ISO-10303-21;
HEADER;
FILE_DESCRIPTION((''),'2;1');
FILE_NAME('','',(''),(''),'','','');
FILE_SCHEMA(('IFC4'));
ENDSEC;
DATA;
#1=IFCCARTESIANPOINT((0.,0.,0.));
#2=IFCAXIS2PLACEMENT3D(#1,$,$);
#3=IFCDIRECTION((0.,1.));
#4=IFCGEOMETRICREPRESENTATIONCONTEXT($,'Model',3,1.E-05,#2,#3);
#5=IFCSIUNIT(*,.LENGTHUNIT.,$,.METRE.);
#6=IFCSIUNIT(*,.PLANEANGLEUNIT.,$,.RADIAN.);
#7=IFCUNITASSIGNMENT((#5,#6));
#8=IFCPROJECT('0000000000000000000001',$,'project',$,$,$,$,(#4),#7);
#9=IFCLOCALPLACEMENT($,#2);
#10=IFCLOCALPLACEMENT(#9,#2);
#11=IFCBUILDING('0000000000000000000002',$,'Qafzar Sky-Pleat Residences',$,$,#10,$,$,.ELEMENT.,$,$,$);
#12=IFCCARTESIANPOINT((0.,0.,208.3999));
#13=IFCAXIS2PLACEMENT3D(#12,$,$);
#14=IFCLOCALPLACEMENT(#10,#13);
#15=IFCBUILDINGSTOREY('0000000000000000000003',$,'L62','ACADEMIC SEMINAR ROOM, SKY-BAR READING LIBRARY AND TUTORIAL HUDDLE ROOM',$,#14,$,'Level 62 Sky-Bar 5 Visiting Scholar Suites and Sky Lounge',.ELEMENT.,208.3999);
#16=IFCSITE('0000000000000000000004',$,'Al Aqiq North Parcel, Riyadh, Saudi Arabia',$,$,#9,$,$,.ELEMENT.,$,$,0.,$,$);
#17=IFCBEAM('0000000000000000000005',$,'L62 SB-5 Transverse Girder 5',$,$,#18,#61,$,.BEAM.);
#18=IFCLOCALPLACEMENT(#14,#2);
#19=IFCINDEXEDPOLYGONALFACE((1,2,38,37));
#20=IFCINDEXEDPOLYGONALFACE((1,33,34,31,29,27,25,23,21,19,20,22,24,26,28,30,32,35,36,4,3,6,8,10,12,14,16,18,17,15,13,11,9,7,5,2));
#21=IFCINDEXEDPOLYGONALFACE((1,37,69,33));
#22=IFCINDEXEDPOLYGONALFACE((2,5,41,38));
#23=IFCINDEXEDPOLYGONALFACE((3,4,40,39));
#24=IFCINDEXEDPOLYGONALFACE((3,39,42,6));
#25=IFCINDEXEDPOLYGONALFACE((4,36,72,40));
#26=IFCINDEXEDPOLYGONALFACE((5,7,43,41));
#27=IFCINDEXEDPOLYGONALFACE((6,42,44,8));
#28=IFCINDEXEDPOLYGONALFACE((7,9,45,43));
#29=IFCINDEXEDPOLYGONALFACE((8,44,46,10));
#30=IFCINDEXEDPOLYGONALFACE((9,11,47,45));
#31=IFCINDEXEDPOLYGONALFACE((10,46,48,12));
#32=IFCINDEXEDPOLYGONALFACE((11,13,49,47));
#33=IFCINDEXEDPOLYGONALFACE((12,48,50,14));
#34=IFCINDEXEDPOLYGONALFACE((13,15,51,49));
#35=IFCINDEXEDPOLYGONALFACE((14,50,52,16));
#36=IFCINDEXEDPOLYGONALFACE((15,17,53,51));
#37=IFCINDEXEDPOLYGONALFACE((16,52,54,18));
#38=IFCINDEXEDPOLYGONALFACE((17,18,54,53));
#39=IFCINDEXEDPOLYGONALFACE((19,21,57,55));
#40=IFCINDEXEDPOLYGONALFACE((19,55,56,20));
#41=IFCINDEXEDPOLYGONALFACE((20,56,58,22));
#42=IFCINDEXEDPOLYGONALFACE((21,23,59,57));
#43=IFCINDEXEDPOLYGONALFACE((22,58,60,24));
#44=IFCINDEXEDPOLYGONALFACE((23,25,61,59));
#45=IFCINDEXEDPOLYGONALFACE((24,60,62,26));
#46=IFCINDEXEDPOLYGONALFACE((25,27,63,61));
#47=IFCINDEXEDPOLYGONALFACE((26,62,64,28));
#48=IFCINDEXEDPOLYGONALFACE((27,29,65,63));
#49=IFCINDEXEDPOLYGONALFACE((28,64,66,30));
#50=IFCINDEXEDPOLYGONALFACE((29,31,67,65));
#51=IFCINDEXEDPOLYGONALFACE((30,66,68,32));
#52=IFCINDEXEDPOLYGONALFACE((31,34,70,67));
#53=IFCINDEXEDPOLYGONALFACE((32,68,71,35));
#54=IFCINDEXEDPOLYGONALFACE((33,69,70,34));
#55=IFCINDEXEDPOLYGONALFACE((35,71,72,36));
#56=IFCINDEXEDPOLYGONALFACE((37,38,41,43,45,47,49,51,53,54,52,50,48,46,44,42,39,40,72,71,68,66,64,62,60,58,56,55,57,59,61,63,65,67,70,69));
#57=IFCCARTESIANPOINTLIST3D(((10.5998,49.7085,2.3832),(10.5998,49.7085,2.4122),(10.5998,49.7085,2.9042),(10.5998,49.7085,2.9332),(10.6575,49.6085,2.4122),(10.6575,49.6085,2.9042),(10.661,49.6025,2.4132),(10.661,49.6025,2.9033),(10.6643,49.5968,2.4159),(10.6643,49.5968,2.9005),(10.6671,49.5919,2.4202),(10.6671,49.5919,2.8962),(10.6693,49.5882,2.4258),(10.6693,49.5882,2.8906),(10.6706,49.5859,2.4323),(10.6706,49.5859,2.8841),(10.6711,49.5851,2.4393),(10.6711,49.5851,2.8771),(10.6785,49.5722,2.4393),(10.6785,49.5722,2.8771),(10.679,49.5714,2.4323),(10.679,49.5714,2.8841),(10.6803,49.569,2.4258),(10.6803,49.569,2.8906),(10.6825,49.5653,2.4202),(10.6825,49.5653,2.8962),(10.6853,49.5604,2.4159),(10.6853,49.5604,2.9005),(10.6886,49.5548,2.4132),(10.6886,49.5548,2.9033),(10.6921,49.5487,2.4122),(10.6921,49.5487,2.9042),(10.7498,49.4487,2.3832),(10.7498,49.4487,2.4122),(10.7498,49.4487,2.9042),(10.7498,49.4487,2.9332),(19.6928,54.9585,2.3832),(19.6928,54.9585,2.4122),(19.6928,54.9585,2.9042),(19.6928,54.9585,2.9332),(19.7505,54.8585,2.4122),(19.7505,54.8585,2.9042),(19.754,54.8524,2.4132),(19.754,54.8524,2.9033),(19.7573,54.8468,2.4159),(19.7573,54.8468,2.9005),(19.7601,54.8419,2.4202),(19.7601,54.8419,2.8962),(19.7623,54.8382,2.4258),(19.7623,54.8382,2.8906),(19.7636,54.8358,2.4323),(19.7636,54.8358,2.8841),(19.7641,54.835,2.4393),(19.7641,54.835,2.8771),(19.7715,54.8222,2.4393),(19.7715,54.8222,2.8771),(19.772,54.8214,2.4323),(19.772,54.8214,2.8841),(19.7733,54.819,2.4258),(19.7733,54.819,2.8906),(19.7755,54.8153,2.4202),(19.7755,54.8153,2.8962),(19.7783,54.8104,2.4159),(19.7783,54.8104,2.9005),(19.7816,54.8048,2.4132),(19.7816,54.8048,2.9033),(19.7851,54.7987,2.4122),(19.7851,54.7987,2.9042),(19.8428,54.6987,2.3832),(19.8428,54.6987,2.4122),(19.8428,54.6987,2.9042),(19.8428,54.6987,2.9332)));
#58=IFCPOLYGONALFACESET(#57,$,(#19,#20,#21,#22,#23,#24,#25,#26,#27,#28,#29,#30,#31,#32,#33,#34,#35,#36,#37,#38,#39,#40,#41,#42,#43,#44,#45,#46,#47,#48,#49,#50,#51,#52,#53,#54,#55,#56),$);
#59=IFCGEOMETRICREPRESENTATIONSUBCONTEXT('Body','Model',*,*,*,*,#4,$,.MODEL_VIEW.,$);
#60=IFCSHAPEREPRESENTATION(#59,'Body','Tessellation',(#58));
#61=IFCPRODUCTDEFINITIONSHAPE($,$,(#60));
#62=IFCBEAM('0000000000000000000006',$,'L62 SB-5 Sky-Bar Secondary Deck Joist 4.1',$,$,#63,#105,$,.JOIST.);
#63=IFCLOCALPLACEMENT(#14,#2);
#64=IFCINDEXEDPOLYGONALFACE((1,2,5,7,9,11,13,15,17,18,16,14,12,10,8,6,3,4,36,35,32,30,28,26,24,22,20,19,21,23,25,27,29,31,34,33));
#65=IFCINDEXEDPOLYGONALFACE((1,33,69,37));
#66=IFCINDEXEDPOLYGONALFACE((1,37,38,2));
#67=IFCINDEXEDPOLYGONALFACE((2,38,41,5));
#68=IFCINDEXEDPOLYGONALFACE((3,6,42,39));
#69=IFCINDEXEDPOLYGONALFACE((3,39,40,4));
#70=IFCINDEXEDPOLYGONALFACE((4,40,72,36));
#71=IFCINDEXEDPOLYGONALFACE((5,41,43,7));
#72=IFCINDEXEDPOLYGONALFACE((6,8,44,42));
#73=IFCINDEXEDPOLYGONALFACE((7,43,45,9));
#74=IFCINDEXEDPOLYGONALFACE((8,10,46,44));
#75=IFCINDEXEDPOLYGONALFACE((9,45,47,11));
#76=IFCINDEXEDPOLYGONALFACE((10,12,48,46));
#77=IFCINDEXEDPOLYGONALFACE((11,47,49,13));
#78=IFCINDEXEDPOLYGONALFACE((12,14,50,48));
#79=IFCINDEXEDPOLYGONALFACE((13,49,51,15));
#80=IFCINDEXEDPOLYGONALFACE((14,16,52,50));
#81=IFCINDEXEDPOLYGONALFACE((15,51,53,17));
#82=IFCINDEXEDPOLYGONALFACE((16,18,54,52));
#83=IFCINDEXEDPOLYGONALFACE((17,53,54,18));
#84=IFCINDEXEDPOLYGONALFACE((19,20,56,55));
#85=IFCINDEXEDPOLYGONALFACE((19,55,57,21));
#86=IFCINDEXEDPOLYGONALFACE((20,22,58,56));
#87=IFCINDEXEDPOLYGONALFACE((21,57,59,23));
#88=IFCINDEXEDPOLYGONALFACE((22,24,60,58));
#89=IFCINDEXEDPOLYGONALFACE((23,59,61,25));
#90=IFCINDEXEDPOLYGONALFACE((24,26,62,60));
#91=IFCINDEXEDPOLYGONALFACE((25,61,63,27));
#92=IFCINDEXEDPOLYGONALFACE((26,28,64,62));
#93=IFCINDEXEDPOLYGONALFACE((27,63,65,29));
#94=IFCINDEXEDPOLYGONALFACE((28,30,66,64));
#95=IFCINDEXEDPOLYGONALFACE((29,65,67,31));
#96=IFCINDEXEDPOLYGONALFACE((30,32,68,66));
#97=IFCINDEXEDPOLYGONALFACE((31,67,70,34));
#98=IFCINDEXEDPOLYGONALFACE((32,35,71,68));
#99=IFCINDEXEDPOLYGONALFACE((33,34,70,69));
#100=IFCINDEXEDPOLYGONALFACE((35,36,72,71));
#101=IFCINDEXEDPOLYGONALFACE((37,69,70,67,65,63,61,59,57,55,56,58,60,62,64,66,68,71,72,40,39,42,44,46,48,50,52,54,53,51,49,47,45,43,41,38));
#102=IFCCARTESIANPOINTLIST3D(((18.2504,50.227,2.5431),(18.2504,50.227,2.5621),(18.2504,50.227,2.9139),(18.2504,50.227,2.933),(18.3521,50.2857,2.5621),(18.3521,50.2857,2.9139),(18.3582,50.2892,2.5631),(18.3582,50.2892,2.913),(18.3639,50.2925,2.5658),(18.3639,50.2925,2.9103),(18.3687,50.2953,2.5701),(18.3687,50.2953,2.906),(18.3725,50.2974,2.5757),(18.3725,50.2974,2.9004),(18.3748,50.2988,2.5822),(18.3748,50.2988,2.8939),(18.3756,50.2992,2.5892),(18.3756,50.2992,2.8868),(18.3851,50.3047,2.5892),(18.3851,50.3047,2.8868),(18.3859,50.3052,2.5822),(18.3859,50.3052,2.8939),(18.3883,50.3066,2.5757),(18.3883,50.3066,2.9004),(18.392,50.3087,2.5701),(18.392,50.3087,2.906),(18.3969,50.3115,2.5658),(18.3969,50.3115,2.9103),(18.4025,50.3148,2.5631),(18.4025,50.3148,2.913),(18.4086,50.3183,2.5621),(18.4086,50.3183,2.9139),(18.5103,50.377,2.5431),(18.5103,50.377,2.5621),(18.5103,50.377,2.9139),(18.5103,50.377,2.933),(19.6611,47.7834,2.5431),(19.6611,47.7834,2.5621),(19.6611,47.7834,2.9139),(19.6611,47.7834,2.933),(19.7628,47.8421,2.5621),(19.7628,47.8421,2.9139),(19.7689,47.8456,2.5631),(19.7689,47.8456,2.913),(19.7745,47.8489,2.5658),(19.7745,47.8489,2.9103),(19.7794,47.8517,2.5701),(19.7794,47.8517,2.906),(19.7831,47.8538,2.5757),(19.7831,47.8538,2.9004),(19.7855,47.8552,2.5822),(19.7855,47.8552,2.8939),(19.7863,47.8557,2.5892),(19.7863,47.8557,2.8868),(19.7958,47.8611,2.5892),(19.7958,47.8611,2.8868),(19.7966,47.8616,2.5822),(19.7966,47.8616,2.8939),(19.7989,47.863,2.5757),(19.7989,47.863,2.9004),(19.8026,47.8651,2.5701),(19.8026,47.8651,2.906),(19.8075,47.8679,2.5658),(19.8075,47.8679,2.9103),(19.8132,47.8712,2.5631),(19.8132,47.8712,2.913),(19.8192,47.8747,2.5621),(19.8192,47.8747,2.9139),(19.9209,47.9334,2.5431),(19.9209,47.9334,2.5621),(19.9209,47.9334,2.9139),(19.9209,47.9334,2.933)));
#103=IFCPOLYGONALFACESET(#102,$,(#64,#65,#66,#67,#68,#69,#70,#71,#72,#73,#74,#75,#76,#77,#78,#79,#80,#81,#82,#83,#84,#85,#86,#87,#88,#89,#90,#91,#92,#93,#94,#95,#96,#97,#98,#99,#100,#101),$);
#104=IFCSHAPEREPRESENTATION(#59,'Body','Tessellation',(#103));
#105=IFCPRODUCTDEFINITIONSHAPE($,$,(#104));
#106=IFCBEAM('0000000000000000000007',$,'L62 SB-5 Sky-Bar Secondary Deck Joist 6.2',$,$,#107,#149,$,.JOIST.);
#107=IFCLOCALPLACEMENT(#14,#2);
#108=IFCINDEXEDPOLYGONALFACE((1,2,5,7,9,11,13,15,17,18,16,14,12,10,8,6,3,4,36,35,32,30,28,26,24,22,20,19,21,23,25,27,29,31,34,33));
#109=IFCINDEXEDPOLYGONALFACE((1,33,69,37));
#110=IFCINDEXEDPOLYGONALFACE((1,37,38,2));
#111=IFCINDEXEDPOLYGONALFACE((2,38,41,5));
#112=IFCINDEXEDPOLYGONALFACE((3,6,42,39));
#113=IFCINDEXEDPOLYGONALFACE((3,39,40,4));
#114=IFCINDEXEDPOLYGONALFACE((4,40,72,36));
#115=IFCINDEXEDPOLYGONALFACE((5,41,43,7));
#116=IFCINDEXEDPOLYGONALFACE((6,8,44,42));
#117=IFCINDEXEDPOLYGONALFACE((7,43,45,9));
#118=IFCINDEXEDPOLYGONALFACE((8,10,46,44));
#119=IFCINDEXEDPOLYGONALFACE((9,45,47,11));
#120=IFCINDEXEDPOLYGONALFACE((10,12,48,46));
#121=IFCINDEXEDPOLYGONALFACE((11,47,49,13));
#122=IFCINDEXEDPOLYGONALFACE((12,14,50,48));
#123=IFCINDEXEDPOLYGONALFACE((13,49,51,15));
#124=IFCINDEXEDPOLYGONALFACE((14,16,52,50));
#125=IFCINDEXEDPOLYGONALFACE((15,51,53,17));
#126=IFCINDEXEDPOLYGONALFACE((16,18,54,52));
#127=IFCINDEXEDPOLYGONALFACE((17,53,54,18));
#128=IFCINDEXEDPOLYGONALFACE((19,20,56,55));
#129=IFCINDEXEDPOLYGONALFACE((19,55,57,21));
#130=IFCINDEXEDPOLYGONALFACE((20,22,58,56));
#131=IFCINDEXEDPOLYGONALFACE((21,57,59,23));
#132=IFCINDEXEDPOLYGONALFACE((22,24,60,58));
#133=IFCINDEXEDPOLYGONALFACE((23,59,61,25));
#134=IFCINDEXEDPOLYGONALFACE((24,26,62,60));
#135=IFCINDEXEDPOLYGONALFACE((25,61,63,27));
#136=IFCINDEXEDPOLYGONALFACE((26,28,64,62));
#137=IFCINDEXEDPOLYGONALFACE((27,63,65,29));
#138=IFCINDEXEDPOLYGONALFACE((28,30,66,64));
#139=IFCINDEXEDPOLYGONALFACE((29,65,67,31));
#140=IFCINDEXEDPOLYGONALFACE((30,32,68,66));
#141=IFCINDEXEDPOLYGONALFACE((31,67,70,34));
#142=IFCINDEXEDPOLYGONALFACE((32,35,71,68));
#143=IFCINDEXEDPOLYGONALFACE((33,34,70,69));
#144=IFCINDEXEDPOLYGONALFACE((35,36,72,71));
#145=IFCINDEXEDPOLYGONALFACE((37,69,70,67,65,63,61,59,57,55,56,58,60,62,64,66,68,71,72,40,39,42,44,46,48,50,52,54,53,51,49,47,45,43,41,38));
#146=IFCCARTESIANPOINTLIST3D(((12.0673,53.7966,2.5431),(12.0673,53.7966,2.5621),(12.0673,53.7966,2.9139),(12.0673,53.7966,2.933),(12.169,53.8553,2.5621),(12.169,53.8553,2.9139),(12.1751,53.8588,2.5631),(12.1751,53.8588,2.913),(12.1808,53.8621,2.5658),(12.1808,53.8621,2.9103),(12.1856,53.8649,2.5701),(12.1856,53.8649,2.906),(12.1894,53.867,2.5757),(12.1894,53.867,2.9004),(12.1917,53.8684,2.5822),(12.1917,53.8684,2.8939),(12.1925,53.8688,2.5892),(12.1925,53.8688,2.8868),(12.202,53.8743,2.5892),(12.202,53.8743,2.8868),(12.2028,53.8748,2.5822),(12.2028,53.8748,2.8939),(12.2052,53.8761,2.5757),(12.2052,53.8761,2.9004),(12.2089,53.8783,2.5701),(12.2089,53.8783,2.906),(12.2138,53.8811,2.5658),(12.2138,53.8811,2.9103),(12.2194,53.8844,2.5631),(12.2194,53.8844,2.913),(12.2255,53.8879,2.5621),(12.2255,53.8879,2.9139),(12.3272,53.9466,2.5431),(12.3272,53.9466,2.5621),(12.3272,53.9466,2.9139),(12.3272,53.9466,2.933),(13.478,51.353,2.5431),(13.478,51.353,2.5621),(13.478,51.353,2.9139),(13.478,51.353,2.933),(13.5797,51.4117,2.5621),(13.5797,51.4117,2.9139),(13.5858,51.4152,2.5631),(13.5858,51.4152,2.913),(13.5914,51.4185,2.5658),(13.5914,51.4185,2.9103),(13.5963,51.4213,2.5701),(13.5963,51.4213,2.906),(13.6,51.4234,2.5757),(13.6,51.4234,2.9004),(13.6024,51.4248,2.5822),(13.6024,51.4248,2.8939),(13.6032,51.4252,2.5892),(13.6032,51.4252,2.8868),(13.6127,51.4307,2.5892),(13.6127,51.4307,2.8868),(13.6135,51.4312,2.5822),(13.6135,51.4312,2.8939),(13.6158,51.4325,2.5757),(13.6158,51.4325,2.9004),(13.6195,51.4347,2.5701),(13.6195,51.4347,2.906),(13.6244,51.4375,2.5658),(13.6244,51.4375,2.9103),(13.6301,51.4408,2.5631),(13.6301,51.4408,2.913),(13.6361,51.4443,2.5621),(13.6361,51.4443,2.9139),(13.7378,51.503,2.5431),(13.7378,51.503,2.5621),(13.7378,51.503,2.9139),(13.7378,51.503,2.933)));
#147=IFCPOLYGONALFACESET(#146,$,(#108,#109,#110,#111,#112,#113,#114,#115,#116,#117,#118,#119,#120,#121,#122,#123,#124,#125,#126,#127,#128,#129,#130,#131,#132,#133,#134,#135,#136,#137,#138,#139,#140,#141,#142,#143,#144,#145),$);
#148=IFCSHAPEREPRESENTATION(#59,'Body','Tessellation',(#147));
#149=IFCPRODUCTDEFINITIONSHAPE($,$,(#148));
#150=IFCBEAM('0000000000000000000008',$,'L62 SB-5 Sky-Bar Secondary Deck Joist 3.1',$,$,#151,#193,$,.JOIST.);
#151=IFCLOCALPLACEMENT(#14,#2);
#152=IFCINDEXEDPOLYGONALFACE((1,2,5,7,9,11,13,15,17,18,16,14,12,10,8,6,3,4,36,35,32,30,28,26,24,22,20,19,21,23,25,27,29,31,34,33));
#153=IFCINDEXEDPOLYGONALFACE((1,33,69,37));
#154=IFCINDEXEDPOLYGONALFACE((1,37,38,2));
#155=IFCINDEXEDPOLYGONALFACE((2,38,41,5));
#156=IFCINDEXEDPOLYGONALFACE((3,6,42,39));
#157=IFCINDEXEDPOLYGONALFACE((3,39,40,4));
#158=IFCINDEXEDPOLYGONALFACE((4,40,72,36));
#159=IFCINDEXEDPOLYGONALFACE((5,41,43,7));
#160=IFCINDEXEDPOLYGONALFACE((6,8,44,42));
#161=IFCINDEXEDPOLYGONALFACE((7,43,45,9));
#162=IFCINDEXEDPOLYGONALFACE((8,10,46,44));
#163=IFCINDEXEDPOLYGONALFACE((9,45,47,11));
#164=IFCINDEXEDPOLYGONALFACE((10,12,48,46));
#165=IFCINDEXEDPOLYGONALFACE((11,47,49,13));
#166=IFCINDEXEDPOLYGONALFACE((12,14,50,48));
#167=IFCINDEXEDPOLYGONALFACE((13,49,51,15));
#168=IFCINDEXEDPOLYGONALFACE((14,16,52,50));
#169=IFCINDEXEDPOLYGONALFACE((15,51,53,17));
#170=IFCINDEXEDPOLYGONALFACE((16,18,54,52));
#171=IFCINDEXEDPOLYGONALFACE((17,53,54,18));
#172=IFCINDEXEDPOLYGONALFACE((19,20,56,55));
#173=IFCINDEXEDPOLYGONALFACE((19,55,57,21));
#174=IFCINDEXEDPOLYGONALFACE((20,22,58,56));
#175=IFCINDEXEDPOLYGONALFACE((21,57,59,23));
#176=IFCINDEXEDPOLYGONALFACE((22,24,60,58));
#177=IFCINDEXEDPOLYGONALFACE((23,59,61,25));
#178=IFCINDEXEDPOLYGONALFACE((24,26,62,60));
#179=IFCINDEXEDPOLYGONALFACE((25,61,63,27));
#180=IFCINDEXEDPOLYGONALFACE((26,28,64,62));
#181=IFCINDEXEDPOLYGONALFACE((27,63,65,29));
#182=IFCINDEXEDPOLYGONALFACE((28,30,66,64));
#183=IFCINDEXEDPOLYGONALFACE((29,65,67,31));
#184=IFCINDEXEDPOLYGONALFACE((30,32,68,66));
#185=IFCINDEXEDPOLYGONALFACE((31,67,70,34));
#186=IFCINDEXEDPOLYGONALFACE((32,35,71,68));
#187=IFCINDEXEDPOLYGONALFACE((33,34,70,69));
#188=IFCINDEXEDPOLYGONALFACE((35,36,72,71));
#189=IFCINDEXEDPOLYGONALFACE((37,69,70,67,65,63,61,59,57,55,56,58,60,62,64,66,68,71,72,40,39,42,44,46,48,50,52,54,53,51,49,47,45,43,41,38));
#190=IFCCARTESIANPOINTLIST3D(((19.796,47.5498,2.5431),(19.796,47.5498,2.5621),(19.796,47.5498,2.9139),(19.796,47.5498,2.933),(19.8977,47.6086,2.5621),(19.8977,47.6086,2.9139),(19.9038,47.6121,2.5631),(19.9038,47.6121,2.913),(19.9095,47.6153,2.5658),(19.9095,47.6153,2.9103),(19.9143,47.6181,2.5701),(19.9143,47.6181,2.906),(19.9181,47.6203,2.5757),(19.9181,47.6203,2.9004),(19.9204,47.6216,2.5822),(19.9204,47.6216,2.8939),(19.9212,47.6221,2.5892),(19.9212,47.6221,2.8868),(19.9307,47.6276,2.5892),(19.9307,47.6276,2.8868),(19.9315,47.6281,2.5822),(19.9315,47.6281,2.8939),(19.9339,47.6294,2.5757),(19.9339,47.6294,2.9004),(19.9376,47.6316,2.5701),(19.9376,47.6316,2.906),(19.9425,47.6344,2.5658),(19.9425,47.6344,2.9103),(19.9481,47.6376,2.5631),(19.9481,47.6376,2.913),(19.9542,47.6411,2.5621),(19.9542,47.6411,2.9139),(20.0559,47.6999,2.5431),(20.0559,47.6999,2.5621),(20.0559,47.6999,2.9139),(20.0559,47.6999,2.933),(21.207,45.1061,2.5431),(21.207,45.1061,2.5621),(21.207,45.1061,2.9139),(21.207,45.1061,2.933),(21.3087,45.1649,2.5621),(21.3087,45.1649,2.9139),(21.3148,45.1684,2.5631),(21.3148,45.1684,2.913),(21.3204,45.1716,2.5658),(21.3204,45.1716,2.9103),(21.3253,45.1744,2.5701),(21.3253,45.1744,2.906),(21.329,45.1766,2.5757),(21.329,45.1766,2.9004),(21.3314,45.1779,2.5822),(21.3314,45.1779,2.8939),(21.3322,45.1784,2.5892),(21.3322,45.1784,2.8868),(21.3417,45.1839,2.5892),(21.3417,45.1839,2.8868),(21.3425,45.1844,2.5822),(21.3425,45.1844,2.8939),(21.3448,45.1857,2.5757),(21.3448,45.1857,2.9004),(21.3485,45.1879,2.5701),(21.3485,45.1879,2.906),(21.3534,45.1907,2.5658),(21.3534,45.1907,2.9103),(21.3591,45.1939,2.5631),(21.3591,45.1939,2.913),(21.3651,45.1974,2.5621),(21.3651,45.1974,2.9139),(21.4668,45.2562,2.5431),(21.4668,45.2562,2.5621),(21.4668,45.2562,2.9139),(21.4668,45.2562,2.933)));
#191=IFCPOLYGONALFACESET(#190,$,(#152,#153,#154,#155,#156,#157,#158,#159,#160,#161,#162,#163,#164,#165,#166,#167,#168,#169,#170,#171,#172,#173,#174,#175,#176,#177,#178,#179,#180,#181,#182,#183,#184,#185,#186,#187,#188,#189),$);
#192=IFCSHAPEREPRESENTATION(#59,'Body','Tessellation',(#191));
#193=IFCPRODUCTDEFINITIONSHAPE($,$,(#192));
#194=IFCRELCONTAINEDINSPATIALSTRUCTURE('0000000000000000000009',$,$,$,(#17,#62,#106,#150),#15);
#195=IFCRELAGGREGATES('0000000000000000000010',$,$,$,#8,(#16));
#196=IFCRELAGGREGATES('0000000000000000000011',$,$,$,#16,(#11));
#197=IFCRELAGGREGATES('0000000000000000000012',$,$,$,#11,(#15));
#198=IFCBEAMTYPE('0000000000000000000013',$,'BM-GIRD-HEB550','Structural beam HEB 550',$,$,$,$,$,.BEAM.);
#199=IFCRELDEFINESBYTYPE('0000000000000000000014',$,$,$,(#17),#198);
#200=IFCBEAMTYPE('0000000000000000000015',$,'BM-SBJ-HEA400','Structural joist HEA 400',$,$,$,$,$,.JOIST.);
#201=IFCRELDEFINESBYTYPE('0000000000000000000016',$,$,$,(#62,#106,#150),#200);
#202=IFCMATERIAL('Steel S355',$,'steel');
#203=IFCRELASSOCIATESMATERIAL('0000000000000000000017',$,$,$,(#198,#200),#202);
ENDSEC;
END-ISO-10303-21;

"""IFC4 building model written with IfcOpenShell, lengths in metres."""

from ifc_helpers import new_model, si_unit, direction, frame, origin, origin_2d, place, context, subcontext, project, spatial, i_section, extrude, source, transform, mapped, material, material_profile, profile_set, type_object, element, save


model = new_model("IFC4")

# Units and contexts
model_context = context("Model", 3, precision=1e-05, world=origin(), true_north=direction((0.0, 1.0)))
body_context = subcontext(model_context, "Body", "Model", "MODEL_VIEW")
ifc_project = project(units=[si_unit("LENGTHUNIT", "METRE"), si_unit("PLANEANGLEUNIT", "RADIAN")], contexts=[model_context])

# Site, building, storey
site_placement = place(None, origin())
site = spatial("IfcSite", under=ifc_project, at=site_placement, Name="Al Aqiq North Parcel, Riyadh, Saudi Arabia", CompositionType="ELEMENT", RefElevation=0.0)
building_placement = place(site_placement, origin())
building = spatial("IfcBuilding", under=site, at=building_placement, Name="Qafzar Sky-Pleat Residences", CompositionType="ELEMENT")
storey_placement = place(building_placement, frame((0.0, 0.0, 208.3999)))
storey = spatial("IfcBuildingStorey", under=building, at=storey_placement, Name="L62", Description="ACADEMIC SEMINAR ROOM, SKY-BAR READING LIBRARY AND TUTORIAL HUDDLE ROOM", LongName="Level 62 Sky-Bar 5 Visiting Scholar Suites and Sky Lounge", CompositionType="ELEMENT", Elevation=208.3999)

# Beams
ifc_material_1 = material(Name="Steel S355", Category="steel")
ifc_material_profile_1 = material_profile(ifc_material_1, i_section(OverallWidth=0.3, OverallDepth=0.55, WebThickness=0.0149, FlangeThickness=0.0291, FilletRadius=0.0271, at=origin_2d()), Name="HEB 550")
ifc_profile_set_1 = profile_set([ifc_material_profile_1], Name="Steel S355")
beam_type_1 = type_object("IfcBeamType", Name="BM-GIRD-HEB550", Description="Structural beam HEB 550", PredefinedType="BEAM", material=ifc_profile_set_1)
shared_shape_1 = source(origin(), body_context, "Body", "SweptSolid", [
    extrude(i_section(OverallWidth=0.3, OverallDepth=0.55, WebThickness=0.0149, FlangeThickness=0.0291, FilletRadius=0.0271, at=origin_2d()), origin(), (0.0, 0.0, 1.0), 10.4998),
])
beam_placement = place(storey_placement, frame((10.6748, 49.5786, 2.6582), z_axis=(0.866019, 0.50001, 0.0), x_axis=(-0.50001, 0.866019, 0.0)))
element("IfcBeam", 1, at=beam_placement, inside=storey, type_object=beam_type_1, Name="L62 SB-5 Transverse Girder 5", PredefinedType="BEAM", context=body_context, shape_type="MappedRepresentation", body=[
    mapped(shared_shape_1, transform((0.0, 0.0, 0.0), x_axis=(1.0, 0.0, 0.0), y_axis=(0.0, 1.0, 0.0), z_axis=(0.0, 0.0, 1.0), scale=1.0)),
])
ifc_material_profile_2 = material_profile(ifc_material_1, i_section(OverallWidth=0.3, OverallDepth=0.3899, WebThickness=0.011, FlangeThickness=0.019, FilletRadius=0.0271, at=origin_2d()), Name="HEA 400")
ifc_profile_set_2 = profile_set([ifc_material_profile_2], Name="Steel S355")
beam_type_2 = type_object("IfcBeamType", Name="BM-SBJ-HEA400", Description="Structural joist HEA 400", PredefinedType="JOIST", material=ifc_profile_set_2)
shared_shape_2 = source(origin(), body_context, "Body", "SweptSolid", [
    extrude(i_section(OverallWidth=0.3, OverallDepth=0.3899, WebThickness=0.011, FlangeThickness=0.019, FilletRadius=0.0271, at=origin_2d()), origin(), (0.0, 0.0, 1.0), 2.8215),
])
for number, where, z_axis, x_axis, name in (
    (2, (19.791, 47.8584, 2.738), (-0.499955, 0.866052, 0.0), (-0.866052, -0.499955, 0.0), "L62 SB-5 Sky-Bar Secondary Deck Joist 4.1"),
    (3, (13.6079, 51.428, 2.738), (-0.499955, 0.866052, 0.0), (-0.866052, -0.499955, 0.0), "L62 SB-5 Sky-Bar Secondary Deck Joist 6.2"),
):
    element("IfcBeam", number, at=place(storey_placement, frame(where, z_axis=z_axis, x_axis=x_axis)), inside=storey, type_object=beam_type_2, Name=name, PredefinedType="JOIST", context=body_context, shape_type="MappedRepresentation", body=[
        mapped(shared_shape_2, transform((0.0, 0.0, 0.0), x_axis=(1.0, 0.0, 0.0), y_axis=(0.0, 1.0, 0.0), z_axis=(0.0, 0.0, 1.0), scale=1.0)),
    ])
shared_shape_3 = source(origin(), body_context, "Body", "SweptSolid", [
    extrude(i_section(OverallWidth=0.3, OverallDepth=0.3899, WebThickness=0.011, FlangeThickness=0.019, FilletRadius=0.0271, at=origin_2d()), origin(), (0.0, 0.0, 1.0), 2.8218),
])
for number, where, z_axis, x_axis, name in (
    (4, (21.3369, 45.1812, 2.738), (-0.50002, 0.866014, 0.0), (-0.866014, -0.50002, 0.0), "L62 SB-5 Sky-Bar Secondary Deck Joist 3.1"),
):
    element("IfcBeam", number, at=place(storey_placement, frame(where, z_axis=z_axis, x_axis=x_axis)), inside=storey, type_object=beam_type_2, Name=name, PredefinedType="JOIST", context=body_context, shape_type="MappedRepresentation", body=[
        mapped(shared_shape_3, transform((0.0, 0.0, 0.0), x_axis=(1.0, 0.0, 0.0), y_axis=(0.0, 1.0, 0.0), z_axis=(0.0, 0.0, 1.0), scale=1.0)),
    ])

save(model, "model.ifc")
